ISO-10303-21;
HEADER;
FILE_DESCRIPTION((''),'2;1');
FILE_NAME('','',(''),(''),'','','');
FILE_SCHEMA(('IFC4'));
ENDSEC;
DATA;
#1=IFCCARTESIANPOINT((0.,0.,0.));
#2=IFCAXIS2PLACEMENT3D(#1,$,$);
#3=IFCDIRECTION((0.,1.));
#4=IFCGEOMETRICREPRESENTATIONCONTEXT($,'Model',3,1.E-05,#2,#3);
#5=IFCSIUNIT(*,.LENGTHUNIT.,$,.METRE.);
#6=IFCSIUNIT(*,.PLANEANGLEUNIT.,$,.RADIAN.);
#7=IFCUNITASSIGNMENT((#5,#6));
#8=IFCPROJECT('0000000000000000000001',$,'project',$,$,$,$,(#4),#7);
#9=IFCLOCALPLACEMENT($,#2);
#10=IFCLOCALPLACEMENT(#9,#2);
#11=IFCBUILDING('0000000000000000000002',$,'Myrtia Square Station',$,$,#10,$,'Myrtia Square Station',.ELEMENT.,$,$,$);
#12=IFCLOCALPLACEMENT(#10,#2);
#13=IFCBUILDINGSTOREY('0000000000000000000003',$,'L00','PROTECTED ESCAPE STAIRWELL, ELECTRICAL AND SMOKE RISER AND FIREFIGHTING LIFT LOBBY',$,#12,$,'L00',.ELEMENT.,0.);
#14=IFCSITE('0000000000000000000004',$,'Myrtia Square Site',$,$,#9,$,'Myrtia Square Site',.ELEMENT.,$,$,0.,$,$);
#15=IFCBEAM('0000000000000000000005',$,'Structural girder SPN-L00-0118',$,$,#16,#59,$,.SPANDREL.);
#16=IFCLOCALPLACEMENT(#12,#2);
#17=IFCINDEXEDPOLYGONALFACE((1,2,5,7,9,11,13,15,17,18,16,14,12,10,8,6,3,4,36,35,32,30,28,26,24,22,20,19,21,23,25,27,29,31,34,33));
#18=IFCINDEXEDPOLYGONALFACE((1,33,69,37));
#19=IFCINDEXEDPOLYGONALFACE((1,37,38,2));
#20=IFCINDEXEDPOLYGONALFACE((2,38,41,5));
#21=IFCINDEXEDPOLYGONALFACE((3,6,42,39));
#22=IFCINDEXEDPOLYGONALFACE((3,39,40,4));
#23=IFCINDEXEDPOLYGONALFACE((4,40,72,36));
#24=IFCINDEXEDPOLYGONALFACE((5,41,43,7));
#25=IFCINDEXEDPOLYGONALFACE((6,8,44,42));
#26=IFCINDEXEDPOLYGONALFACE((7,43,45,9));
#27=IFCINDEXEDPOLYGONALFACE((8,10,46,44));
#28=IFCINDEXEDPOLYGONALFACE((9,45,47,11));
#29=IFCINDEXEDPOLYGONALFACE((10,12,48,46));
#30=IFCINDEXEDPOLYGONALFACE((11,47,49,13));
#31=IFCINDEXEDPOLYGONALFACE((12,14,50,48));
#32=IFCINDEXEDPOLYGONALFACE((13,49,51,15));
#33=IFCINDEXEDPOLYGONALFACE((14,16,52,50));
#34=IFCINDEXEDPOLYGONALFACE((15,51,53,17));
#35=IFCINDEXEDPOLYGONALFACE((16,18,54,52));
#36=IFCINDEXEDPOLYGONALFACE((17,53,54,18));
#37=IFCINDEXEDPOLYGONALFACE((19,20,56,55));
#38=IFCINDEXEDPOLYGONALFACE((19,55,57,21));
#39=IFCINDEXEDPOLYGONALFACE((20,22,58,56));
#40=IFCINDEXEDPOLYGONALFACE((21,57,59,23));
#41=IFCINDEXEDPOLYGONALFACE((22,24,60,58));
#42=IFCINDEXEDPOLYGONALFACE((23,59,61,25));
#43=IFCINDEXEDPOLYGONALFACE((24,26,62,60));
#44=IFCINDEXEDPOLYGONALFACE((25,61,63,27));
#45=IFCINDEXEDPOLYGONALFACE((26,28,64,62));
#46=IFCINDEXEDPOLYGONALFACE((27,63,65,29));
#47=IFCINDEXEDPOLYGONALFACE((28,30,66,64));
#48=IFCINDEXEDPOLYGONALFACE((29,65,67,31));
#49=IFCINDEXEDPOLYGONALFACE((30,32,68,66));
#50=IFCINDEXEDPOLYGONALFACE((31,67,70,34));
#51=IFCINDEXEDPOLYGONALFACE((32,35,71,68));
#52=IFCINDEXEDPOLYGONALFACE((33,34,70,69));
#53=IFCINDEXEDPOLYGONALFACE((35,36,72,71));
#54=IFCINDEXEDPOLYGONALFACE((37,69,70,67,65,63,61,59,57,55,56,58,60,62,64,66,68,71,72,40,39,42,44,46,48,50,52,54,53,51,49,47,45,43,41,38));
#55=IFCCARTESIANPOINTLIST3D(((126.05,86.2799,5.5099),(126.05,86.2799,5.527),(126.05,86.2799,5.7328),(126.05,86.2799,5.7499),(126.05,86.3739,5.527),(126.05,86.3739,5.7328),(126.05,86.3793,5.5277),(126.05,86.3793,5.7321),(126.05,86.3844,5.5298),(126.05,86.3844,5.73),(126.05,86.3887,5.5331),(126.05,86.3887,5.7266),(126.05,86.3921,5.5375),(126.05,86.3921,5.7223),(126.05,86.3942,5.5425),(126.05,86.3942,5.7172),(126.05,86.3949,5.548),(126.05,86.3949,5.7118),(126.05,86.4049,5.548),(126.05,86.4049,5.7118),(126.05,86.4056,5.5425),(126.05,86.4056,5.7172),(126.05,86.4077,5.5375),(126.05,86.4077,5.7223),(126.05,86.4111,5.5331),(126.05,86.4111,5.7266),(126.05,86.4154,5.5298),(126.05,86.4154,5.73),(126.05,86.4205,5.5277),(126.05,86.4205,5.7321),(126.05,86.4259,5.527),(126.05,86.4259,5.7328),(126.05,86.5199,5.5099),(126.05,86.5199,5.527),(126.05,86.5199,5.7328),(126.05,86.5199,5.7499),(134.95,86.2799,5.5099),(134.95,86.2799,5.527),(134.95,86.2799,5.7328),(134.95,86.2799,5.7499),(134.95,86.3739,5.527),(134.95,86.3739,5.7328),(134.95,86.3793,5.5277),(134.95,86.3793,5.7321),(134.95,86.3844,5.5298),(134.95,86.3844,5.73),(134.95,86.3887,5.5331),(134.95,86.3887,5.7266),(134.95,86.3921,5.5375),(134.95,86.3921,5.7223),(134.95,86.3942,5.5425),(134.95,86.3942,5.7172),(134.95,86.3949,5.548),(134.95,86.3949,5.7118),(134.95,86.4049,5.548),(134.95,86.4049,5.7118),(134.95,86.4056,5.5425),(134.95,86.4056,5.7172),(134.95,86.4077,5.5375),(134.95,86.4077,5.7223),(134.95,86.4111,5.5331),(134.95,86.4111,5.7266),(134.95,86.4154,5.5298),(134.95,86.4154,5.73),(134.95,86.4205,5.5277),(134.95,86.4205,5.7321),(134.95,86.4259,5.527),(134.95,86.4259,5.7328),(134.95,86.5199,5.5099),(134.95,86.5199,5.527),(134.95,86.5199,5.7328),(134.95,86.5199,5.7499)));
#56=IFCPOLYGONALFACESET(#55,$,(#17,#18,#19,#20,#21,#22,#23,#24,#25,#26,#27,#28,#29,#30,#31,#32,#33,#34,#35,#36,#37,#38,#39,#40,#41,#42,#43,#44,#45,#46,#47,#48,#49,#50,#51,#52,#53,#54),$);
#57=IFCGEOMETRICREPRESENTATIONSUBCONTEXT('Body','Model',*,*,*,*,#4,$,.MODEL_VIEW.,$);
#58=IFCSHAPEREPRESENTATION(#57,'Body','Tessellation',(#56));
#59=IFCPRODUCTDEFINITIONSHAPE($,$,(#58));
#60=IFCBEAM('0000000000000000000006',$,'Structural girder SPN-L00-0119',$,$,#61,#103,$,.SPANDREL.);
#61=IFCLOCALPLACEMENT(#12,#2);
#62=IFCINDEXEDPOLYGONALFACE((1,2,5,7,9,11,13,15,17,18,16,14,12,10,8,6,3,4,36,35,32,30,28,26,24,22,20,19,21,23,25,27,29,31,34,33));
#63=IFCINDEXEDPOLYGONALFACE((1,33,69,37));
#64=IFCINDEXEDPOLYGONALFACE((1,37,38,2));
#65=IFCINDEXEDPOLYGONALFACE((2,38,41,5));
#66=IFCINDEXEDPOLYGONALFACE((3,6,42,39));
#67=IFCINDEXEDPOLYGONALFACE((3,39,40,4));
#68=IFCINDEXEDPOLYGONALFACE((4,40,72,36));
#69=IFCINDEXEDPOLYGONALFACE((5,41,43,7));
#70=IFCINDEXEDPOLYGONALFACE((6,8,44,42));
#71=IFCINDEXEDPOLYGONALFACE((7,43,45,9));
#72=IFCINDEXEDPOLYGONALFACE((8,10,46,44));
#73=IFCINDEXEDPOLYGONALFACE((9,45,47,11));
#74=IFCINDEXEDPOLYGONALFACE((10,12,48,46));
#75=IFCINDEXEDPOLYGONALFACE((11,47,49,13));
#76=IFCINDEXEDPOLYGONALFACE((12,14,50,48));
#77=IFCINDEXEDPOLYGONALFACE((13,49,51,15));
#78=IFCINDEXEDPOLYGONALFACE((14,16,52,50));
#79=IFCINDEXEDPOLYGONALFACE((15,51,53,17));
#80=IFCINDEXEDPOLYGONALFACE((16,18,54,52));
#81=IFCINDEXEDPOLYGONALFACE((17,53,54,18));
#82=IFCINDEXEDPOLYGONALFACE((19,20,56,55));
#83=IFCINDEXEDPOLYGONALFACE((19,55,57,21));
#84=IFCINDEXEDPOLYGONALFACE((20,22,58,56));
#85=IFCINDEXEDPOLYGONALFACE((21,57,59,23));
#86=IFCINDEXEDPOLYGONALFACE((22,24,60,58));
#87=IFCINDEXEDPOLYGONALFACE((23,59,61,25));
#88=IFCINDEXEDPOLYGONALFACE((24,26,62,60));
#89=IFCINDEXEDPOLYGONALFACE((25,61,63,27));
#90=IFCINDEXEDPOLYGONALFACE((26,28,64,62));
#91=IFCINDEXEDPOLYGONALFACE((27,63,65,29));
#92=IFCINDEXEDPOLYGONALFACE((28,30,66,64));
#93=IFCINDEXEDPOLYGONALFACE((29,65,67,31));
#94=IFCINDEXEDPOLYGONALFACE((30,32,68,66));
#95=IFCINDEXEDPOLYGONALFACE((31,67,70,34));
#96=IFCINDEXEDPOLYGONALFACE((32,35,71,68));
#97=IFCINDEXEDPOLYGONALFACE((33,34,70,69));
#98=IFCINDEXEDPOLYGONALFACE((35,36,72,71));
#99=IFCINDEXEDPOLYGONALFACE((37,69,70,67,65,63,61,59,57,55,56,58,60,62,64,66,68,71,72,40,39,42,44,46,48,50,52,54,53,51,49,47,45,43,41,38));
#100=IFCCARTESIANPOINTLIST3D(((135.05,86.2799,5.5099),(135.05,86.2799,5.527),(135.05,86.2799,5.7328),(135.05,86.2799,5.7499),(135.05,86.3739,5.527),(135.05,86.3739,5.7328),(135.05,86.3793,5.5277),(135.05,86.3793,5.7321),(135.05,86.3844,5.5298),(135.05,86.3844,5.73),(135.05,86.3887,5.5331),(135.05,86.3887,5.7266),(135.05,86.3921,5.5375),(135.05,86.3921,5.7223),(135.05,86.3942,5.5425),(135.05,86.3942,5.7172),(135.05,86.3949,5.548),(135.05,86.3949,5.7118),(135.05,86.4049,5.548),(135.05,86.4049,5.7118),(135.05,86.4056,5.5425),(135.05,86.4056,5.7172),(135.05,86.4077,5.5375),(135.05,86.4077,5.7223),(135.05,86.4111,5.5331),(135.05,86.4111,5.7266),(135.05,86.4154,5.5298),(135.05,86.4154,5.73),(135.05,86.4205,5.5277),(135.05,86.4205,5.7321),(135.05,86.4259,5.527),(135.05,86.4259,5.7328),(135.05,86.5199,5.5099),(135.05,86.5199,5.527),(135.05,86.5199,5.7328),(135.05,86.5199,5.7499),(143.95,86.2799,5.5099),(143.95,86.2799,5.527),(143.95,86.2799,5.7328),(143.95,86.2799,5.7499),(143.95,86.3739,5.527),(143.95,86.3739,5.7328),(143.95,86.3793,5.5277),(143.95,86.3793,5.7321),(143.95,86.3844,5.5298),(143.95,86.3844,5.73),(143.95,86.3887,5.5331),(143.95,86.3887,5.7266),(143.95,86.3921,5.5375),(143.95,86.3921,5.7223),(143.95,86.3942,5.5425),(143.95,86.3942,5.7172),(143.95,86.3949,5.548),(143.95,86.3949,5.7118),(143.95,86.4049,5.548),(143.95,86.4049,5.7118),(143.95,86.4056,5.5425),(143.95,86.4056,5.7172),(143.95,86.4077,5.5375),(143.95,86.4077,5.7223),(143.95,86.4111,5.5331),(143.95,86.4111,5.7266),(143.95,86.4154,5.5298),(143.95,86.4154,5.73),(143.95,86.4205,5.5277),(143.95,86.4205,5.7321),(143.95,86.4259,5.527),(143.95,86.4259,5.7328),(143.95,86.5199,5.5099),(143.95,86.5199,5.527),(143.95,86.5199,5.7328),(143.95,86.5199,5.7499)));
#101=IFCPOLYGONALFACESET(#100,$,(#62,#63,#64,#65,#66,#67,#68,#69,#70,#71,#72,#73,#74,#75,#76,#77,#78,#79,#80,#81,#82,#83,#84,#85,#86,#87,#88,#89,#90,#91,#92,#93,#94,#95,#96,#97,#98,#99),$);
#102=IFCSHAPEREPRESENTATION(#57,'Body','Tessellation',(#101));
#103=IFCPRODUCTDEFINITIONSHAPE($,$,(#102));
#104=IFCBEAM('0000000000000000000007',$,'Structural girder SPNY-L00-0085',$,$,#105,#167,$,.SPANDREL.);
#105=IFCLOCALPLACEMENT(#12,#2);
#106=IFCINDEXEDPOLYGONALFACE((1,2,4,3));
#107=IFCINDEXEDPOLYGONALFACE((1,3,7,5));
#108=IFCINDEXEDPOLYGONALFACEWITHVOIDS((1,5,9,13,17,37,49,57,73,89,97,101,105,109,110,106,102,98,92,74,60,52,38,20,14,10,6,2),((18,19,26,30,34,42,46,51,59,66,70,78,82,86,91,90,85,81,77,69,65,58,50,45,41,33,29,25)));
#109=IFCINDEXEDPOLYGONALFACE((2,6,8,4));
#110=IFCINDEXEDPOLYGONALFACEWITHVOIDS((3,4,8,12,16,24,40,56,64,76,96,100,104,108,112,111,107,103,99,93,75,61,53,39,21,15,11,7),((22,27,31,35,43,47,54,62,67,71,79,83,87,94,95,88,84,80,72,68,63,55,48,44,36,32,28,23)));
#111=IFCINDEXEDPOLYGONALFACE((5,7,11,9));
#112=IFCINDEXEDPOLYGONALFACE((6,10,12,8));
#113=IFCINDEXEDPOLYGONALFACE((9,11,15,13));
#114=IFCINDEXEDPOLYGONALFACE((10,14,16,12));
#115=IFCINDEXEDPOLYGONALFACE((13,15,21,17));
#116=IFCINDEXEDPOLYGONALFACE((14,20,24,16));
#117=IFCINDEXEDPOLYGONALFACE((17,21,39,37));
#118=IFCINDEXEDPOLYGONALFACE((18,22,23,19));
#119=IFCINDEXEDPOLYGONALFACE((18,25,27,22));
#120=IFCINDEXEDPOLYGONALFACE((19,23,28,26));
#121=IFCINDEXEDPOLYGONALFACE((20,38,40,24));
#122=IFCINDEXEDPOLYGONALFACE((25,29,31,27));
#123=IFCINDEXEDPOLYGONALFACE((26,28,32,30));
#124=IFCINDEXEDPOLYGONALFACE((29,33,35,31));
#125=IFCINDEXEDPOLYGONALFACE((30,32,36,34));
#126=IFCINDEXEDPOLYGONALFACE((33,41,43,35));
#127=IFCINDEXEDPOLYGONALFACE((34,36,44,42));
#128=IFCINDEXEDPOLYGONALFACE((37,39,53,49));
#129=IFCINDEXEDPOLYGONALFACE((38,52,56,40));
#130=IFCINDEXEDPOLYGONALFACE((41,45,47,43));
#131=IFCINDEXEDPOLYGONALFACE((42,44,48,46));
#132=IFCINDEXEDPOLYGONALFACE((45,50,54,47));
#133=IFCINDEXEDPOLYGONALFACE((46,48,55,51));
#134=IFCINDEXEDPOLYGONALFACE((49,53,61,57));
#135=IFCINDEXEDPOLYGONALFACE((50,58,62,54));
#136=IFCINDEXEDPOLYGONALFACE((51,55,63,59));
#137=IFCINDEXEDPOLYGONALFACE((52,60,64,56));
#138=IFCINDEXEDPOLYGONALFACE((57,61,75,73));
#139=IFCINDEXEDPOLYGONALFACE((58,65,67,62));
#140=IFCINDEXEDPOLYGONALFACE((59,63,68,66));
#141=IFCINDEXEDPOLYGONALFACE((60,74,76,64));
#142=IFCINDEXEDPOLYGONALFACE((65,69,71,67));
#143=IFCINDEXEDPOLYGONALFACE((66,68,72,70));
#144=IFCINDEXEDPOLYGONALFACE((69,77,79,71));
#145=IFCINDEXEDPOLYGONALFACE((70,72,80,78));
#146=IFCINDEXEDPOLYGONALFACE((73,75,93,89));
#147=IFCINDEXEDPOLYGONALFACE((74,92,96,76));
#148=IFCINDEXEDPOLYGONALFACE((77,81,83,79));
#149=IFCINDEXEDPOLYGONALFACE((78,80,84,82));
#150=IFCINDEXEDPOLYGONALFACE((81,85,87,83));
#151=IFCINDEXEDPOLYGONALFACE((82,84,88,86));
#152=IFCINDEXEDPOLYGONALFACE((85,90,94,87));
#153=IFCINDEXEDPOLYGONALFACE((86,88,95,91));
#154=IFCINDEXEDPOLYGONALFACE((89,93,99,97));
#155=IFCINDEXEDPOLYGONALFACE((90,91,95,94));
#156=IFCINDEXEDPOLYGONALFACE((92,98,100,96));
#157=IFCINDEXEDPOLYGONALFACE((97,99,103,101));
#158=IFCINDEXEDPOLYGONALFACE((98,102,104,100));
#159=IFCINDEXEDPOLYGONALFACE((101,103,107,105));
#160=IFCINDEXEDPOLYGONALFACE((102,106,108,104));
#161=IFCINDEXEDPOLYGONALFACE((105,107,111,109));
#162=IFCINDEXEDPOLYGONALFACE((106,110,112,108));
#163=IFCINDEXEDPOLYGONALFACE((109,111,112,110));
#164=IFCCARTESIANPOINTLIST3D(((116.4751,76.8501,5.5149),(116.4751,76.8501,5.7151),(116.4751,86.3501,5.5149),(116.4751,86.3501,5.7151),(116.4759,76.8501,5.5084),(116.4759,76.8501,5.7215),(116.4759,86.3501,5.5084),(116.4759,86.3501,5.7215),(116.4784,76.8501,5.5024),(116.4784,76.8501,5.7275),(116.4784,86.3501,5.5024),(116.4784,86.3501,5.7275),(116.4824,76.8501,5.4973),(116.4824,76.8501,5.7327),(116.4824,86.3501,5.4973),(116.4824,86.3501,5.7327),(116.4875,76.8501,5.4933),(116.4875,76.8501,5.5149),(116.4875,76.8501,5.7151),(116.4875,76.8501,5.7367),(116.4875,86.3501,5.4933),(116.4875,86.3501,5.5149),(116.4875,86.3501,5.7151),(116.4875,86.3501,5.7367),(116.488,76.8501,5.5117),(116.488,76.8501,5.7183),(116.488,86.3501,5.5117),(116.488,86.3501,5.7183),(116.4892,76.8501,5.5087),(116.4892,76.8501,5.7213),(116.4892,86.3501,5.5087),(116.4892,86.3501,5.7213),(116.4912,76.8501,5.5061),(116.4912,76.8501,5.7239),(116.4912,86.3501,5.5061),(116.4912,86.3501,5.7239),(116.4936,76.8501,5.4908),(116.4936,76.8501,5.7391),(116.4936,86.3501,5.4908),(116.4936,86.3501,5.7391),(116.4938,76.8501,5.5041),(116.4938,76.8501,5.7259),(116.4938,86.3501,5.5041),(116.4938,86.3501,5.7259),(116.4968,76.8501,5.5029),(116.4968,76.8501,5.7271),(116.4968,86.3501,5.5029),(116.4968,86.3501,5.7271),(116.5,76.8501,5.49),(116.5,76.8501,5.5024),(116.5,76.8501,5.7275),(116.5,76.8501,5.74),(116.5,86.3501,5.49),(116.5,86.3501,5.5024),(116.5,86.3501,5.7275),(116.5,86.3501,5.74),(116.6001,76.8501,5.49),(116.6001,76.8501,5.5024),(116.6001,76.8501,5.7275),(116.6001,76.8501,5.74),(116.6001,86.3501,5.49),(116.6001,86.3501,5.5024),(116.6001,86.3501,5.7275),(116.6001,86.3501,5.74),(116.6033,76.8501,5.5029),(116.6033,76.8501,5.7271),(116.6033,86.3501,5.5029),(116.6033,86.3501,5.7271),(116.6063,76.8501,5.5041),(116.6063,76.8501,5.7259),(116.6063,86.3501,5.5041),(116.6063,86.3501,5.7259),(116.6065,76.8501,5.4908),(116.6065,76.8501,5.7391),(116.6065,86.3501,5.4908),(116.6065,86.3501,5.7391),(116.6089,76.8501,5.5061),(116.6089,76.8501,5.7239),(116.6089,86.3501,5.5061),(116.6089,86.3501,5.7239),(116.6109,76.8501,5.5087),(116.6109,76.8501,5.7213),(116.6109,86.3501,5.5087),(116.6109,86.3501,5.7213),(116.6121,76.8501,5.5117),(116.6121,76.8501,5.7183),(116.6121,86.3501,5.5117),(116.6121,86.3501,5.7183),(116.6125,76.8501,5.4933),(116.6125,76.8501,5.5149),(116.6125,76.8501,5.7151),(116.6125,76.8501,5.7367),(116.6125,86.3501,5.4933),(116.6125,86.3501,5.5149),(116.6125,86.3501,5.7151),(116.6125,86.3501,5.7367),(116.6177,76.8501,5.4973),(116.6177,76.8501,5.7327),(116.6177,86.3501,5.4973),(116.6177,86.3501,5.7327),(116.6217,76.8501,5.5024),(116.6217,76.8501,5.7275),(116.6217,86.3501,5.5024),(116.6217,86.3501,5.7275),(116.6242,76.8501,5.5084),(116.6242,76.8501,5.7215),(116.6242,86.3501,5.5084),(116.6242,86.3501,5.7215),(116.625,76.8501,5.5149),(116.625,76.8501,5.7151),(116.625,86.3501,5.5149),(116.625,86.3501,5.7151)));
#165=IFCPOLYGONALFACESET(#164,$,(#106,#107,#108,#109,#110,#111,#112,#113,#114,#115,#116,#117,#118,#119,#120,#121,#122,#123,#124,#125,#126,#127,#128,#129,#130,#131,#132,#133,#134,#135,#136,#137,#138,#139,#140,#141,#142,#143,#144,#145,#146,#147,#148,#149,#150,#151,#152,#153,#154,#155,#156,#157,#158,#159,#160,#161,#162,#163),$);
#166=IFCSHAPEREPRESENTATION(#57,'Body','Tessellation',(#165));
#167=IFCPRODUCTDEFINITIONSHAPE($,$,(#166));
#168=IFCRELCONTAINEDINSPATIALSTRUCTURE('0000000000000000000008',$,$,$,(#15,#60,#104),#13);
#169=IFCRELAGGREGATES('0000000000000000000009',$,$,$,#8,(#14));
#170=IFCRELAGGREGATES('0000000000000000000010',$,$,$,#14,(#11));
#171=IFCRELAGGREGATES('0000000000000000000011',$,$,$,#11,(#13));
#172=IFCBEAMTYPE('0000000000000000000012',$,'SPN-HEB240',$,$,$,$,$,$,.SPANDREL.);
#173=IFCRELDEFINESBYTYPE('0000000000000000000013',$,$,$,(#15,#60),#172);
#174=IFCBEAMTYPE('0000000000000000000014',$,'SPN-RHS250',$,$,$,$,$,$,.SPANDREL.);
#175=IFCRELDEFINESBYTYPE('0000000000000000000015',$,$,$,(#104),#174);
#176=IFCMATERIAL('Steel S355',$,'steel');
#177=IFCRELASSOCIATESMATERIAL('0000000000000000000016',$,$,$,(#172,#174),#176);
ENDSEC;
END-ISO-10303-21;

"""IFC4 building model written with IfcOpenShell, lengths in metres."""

from ifc_helpers import new_model, si_unit, direction, frame, origin, origin_2d, place, context, subcontext, project, spatial, hollow_rectangle, i_section, extrude, material, material_profile, profile_set, type_object, element, save


model = new_model("IFC4")

# Units and contexts
model_context = context("Model", 3, precision=1e-05, world=origin(), true_north=direction((0.0, 1.0)))
body_context = subcontext(model_context, "Body", "Model", "MODEL_VIEW")
ifc_project = project(units=[si_unit("LENGTHUNIT", "METRE"), si_unit("PLANEANGLEUNIT", "RADIAN")], contexts=[model_context])

# Site, building, storey
site_placement = place(None, origin())
site = spatial("IfcSite", under=ifc_project, at=site_placement, Name="Myrtia Square Site", LongName="Myrtia Square Site", CompositionType="ELEMENT", RefElevation=0.0)
building_placement = place(site_placement, origin())
building = spatial("IfcBuilding", under=site, at=building_placement, Name="Myrtia Square Station", LongName="Myrtia Square Station", CompositionType="ELEMENT")
storey_placement = place(building_placement, origin())
storey = spatial("IfcBuildingStorey", under=building, at=storey_placement, Name="L00", Description="PROTECTED ESCAPE STAIRWELL, ELECTRICAL AND SMOKE RISER AND FIREFIGHTING LIFT LOBBY", LongName="L00", CompositionType="ELEMENT", Elevation=0.0)

# Shared definitions
ifc_material_1 = material(Name="Steel S355", Category="steel")

# Beams
ifc_material_profile_1 = material_profile(ifc_material_1, i_section(OverallWidth=0.24, OverallDepth=0.24, WebThickness=0.01, FlangeThickness=0.0171, FilletRadius=0.021, at=origin_2d()), Name="HEB 240")
ifc_profile_set_1 = profile_set([ifc_material_profile_1], Name="Steel S355")
beam_type_1 = type_object("IfcBeamType", Name="SPN-HEB240", PredefinedType="SPANDREL", material=ifc_profile_set_1)
for number, where, z_axis, x_axis, name in (
    (1, (126.05, 86.3999, 5.6299), (1.0, 0.0, 0.0), (0.0, 1.0, 0.0), "Structural girder SPN-L00-0118"),
    (2, (135.05, 86.3999, 5.6299), (1.0, 0.0, 0.0), (0.0, 1.0, 0.0), "Structural girder SPN-L00-0119"),
):
    element("IfcBeam", number, at=place(storey_placement, frame(where, z_axis=z_axis, x_axis=x_axis)), inside=storey, type_object=beam_type_1, Name=name, PredefinedType="SPANDREL", context=body_context, shape_type="SweptSolid", body=[
        extrude(i_section(OverallWidth=0.24, OverallDepth=0.24, WebThickness=0.01, FlangeThickness=0.0171, FilletRadius=0.021, at=origin_2d()), origin(), (0.0, 0.0, 1.0), 8.8999),
    ])
ifc_material_profile_2 = material_profile(ifc_material_1, hollow_rectangle(XDim=0.1499, YDim=0.25, WallThickness=0.0125, InnerFilletRadius=0.0125, OuterFilletRadius=0.0249, at=origin_2d()), Name="RHS 250x150x12.5")
ifc_profile_set_2 = profile_set([ifc_material_profile_2], Name="Steel S355")
beam_type_2 = type_object("IfcBeamType", Name="SPN-RHS250", PredefinedType="SPANDREL", material=ifc_profile_set_2)
for number, where, z_axis, x_axis, name in (
    (3, (116.55, 76.8501, 5.615), (0.0, 1.0, 0.0), (-1.0, 0.0, 0.0), "Structural girder SPNY-L00-0085"),
):
    element("IfcBeam", number, at=place(storey_placement, frame(where, z_axis=z_axis, x_axis=x_axis)), inside=storey, type_object=beam_type_2, Name=name, PredefinedType="SPANDREL", context=body_context, shape_type="SweptSolid", body=[
        extrude(hollow_rectangle(XDim=0.1499, YDim=0.25, WallThickness=0.0125, InnerFilletRadius=0.0125, OuterFilletRadius=0.0249, at=origin_2d()), origin(), (0.0, 0.0, 1.0), 9.5),
    ])

save(model, "model.ifc")
